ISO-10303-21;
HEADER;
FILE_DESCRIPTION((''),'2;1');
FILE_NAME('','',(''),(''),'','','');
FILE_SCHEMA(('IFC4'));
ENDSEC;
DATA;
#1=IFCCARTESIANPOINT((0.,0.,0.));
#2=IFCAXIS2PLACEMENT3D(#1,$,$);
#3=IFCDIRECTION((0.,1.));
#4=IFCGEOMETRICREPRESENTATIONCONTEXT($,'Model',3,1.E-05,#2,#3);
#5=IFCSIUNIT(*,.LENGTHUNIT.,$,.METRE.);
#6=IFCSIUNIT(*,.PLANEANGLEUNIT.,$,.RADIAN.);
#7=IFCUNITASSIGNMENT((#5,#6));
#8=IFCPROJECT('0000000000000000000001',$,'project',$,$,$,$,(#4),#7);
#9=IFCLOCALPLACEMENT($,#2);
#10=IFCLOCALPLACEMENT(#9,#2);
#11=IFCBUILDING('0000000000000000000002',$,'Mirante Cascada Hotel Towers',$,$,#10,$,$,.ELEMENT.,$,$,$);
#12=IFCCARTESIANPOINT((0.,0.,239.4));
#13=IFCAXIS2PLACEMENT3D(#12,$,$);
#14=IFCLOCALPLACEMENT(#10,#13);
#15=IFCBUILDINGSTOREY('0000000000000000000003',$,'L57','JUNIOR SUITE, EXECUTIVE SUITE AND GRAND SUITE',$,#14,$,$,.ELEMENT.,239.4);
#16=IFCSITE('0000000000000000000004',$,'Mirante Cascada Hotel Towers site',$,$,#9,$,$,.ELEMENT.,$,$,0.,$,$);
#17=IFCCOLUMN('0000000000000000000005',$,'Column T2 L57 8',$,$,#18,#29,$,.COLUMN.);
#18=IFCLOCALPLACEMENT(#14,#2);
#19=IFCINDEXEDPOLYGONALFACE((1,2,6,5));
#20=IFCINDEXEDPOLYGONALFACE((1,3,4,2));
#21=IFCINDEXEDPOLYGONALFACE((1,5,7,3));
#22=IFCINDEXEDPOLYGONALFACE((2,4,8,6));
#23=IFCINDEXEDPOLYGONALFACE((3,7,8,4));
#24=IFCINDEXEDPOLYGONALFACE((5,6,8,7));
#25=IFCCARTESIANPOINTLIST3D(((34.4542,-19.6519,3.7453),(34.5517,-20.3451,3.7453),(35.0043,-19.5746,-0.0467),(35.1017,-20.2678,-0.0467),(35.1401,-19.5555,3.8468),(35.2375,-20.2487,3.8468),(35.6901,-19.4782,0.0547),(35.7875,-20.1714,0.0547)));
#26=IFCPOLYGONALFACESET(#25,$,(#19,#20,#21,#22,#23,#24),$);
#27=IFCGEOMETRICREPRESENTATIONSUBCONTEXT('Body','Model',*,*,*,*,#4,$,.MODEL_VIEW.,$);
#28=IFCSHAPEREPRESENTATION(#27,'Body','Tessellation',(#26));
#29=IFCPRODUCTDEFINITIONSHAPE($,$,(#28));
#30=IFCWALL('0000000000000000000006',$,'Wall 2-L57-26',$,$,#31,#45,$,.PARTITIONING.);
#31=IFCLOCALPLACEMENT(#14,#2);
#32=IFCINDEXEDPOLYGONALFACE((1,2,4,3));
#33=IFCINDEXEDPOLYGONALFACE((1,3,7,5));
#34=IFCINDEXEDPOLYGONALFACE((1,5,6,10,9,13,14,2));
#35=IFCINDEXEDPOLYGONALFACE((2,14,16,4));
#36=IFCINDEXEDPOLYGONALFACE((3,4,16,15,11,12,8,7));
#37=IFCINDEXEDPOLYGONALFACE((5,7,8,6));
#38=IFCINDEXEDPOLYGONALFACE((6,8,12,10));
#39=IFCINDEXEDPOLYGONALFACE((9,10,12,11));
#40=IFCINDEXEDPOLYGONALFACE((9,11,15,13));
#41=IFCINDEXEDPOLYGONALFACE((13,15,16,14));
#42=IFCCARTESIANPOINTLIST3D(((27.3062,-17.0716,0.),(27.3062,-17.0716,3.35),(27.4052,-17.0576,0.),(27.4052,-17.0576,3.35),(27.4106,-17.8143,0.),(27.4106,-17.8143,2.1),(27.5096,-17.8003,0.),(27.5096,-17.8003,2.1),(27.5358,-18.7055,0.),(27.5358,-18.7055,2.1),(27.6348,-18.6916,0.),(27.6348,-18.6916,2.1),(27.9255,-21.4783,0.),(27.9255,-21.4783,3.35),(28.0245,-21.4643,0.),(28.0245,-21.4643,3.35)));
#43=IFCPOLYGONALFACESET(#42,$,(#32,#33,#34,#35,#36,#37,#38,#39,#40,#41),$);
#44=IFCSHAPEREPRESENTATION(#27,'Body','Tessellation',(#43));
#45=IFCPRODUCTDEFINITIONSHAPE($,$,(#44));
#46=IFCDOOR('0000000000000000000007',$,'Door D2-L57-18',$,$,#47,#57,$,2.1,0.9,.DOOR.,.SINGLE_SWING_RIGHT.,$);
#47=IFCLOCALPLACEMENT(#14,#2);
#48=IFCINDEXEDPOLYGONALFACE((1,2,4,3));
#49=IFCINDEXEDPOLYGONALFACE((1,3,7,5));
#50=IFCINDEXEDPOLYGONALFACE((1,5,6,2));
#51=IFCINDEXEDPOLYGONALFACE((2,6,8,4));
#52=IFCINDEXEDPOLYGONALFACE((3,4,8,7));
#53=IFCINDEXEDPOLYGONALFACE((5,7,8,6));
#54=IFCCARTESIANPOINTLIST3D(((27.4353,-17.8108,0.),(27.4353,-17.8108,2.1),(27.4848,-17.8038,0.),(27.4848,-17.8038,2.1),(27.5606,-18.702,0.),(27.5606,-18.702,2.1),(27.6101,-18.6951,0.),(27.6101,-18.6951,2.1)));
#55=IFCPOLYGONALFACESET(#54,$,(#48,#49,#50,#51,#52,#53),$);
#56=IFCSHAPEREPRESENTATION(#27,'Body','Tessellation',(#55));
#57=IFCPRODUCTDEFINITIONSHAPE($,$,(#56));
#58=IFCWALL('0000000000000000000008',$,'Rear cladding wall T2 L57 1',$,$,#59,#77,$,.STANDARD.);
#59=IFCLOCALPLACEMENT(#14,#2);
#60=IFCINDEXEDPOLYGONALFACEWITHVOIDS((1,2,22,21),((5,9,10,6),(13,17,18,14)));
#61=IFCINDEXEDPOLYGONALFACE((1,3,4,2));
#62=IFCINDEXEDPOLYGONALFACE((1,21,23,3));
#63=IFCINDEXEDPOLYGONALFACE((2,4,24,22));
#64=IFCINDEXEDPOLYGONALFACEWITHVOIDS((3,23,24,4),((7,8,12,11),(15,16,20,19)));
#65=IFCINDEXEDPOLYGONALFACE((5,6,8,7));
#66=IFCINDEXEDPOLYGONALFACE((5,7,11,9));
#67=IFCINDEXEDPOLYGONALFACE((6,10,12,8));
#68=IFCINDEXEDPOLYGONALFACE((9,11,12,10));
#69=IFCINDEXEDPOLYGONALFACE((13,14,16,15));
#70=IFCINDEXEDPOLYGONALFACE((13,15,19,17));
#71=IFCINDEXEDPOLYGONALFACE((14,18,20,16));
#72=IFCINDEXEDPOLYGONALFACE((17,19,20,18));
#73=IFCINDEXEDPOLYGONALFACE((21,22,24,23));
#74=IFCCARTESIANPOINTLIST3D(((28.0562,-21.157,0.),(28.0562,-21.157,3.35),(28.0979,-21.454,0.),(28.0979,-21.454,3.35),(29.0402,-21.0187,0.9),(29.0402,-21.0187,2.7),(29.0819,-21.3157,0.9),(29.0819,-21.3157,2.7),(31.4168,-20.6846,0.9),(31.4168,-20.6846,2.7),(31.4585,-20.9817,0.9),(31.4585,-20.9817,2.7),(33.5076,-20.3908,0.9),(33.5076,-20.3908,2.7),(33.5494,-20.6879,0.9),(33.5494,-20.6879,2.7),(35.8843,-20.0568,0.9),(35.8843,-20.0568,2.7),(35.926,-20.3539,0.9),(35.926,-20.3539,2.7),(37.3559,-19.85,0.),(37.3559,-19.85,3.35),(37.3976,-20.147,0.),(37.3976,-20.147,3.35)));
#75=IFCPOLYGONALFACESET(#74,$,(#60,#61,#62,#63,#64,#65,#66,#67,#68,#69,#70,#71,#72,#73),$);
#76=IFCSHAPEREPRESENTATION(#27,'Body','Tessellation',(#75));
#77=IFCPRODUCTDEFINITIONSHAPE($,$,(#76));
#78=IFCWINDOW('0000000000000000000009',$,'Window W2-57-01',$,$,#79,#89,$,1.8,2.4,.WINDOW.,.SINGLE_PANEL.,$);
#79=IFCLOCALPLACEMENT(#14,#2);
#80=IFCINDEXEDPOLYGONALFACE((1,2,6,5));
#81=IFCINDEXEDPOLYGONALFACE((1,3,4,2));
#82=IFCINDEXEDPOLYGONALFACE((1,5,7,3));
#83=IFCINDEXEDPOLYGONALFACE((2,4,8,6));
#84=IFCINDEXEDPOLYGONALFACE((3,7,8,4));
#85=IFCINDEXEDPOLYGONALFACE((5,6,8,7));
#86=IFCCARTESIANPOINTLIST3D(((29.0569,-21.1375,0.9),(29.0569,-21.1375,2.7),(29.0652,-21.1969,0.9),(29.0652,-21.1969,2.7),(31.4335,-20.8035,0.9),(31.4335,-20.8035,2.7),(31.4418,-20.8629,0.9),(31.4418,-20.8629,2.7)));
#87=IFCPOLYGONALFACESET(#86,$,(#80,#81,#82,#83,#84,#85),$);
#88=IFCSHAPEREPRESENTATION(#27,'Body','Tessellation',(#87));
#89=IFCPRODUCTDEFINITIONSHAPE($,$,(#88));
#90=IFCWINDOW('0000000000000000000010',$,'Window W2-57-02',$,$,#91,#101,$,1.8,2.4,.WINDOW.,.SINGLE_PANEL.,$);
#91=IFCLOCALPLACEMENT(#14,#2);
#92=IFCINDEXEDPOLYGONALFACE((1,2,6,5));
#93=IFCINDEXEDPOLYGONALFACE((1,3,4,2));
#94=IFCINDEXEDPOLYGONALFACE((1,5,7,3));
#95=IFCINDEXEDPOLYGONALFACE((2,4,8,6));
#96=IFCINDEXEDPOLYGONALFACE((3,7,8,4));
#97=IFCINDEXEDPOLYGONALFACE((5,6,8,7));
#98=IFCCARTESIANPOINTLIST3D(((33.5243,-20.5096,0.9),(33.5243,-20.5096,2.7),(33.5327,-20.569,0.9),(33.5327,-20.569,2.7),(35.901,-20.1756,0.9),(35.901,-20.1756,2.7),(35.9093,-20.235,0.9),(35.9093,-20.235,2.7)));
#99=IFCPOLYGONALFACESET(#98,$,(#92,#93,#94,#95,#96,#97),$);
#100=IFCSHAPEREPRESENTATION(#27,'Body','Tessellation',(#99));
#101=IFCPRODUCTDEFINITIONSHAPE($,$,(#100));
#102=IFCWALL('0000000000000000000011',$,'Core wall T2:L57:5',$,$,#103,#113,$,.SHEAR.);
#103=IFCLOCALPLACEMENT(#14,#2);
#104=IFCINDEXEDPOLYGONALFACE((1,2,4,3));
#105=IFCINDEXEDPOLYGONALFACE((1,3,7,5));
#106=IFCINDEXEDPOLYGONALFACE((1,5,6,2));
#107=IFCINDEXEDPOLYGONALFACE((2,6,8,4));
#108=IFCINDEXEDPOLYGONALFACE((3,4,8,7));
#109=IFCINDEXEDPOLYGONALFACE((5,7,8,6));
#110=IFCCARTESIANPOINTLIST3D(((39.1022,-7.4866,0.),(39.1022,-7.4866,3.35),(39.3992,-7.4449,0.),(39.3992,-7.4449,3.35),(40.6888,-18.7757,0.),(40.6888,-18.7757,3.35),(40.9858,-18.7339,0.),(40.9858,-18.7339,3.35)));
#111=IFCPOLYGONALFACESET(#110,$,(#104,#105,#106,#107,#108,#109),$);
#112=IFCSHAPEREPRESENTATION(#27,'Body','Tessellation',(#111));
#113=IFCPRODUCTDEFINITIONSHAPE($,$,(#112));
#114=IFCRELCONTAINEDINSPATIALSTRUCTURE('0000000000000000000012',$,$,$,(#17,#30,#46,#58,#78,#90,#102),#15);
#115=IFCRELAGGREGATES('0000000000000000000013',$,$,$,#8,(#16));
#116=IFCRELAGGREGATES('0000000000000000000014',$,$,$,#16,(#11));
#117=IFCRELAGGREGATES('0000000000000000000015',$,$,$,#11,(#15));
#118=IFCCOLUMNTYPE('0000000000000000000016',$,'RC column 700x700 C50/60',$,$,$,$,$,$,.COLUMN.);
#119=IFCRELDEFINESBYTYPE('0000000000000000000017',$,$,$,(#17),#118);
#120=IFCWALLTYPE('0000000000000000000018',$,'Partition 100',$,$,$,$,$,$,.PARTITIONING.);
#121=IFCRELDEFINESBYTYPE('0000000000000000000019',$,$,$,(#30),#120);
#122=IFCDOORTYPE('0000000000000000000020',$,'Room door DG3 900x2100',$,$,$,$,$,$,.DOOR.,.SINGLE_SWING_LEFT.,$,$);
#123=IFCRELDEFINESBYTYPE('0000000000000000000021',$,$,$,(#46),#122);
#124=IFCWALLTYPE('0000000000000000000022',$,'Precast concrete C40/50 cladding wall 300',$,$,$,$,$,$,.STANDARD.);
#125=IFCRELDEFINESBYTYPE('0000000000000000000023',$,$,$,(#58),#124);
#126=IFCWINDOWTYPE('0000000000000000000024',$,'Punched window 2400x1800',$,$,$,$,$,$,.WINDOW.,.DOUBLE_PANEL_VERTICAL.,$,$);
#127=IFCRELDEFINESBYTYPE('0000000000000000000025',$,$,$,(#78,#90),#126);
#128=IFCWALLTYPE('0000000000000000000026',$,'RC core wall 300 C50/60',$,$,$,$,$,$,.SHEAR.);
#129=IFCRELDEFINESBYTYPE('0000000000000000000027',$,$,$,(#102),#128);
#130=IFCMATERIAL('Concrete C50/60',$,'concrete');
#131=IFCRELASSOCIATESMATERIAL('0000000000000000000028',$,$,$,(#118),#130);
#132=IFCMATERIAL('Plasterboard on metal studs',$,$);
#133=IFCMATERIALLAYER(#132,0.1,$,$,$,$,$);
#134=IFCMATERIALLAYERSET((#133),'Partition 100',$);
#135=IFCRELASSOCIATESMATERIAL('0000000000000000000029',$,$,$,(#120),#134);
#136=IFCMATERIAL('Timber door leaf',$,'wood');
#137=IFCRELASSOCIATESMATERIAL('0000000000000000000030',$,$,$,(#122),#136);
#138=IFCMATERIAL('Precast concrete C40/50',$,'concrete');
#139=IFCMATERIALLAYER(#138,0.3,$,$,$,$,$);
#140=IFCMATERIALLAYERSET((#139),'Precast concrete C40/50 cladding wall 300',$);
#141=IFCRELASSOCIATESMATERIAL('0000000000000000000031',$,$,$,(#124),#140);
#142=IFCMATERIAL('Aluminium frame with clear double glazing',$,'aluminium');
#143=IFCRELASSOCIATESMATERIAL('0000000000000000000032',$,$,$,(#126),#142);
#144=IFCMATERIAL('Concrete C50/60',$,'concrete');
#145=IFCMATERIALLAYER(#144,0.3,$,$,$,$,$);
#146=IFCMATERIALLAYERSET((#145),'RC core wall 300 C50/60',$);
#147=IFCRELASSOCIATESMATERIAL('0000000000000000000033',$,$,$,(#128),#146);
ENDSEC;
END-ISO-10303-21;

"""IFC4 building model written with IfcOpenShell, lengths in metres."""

from ifc_helpers import new_model, si_unit, direction, frame, frame_2d, origin, origin_2d, place, context, subcontext, project, spatial, rectangle, extrude, material, layer, layer_set, material_profile, profile_set, type_object, element, fill, save


model = new_model("IFC4")

# Units and contexts
model_context = context("Model", 3, precision=1e-05, world=origin(), true_north=direction((0.0, 1.0)))
body_context = subcontext(model_context, "Body", "Model", "MODEL_VIEW")
ifc_project = project(units=[si_unit("LENGTHUNIT", "METRE"), si_unit("PLANEANGLEUNIT", "RADIAN")], contexts=[model_context])

# Site, building, storey
site_placement = place(None, origin())
site = spatial("IfcSite", under=ifc_project, at=site_placement, Name="Mirante Cascada Hotel Towers site", CompositionType="ELEMENT", RefElevation=0.0)
building_placement = place(site_placement, origin())
building = spatial("IfcBuilding", under=site, at=building_placement, Name="Mirante Cascada Hotel Towers", CompositionType="ELEMENT")
storey_placement = place(building_placement, frame((0.0, 0.0, 239.4)))
storey = spatial("IfcBuildingStorey", under=building, at=storey_placement, Name="L57", Description="JUNIOR SUITE, EXECUTIVE SUITE AND GRAND SUITE", CompositionType="ELEMENT", Elevation=239.4)

# Column
ifc_material_1 = material(Name="Concrete C50/60", Category="concrete")
ifc_material_profile = material_profile(ifc_material_1, rectangle(XDim=0.7, YDim=0.7, at=origin_2d()), Name="RC column 700x700 C50/60")
ifc_profile_set = profile_set([ifc_material_profile], Name="Concrete C50/60")
column_type = type_object("IfcColumnType", Name="RC column 700x700 C50/60", PredefinedType="COLUMN", material=ifc_profile_set)
column_placement = place(storey_placement, frame((35.3959, -19.873, 0.004), z_axis=(-0.143511, -0.02017, 0.989443), x_axis=(0.139178, -0.990267, 0.0)))
element("IfcColumn", 1, at=column_placement, inside=storey, type_object=column_type, Name="Column T2 L57 8", PredefinedType="COLUMN", context=body_context, shape_type="SweptSolid", body=[
    extrude(rectangle(XDim=0.7, YDim=0.7, at=origin_2d()), origin(), (0.0, 0.0, 1.0), 3.8325),
])

# Wall, opening, door
ifc_material_2 = material(Name="Plasterboard on metal studs")
ifc_layer_1 = layer(ifc_material_2, 0.1)
ifc_layer_set_1 = layer_set([ifc_layer_1], Name="Partition 100")
wall_type_1 = type_object("IfcWallType", Name="Partition 100", PredefinedType="PARTITIONING", material=ifc_layer_set_1)
wall_1_placement = place(storey_placement, frame((27.975, -21.4713, 0.0), z_axis=(0.0, 0.0, 1.0), x_axis=(-0.139168, 0.990269, 0.0)))
wall_1 = element("IfcWall", 2, at=wall_1_placement, inside=storey, type_object=wall_type_1, Name="Wall 2-L57-26", PredefinedType="PARTITIONING", context=body_context, shape_type="SweptSolid", body=[
    extrude(rectangle(XDim=4.45, YDim=0.1, at=frame_2d((2.225, 0.0))), origin(), (0.0, 0.0, 1.0), 3.35),
])
opening_1_placement = place(wall_1_placement, frame((2.8, 0.0, 0.0)))
opening_1 = element("IfcOpeningElement", 3, at=opening_1_placement, cuts=wall_1, PredefinedType="OPENING", context=body_context, shape_type="SweptSolid", body=[
    extrude(rectangle(XDim=0.9, YDim=2.1, at=frame_2d((0.45, 1.05))), frame((0.0, 0.05, 0.0), z_axis=(0.0, -1.0, 0.0), x_axis=(1.0, 0.0, 0.0)), (0.0, 0.0, 1.0), 0.1),
])
ifc_material_3 = material(Name="Timber door leaf", Category="wood")
door_type_1 = type_object("IfcDoorType", Name="Room door DG3 900x2100", OperationType="SINGLE_SWING_LEFT", PredefinedType="DOOR", material=ifc_material_3)
door_1_placement = place(opening_1_placement, frame((0.9, 0.0, 0.0), z_axis=(0.0, 0.0, 1.0), x_axis=(-1.0, 0.0, 0.0)))
door_1 = element("IfcDoor", 4, at=door_1_placement, inside=storey, type_object=door_type_1, Name="Door D2-L57-18", OperationType="SINGLE_SWING_RIGHT", OverallHeight=2.1, OverallWidth=0.9, PredefinedType="DOOR", context=body_context, shape_type="SweptSolid", body=[
    extrude(rectangle(XDim=0.9, YDim=2.1, at=frame_2d((0.45, 1.05))), frame((0.0, 0.025, 0.0), z_axis=(0.0, -1.0, 0.0), x_axis=(1.0, 0.0, 0.0)), (0.0, 0.0, 1.0), 0.05),
])
fill(opening_1, door_1)

# Wall, openings, windows
ifc_material_4 = material(Name="Precast concrete C40/50", Category="concrete")
ifc_layer_2 = layer(ifc_material_4, 0.3)
ifc_layer_set_2 = layer_set([ifc_layer_2], Name="Precast concrete C40/50 cladding wall 300")
wall_type_2 = type_object("IfcWallType", Name="Precast concrete C40/50 cladding wall 300", PredefinedType="STANDARD", material=ifc_layer_set_2)
wall_2_placement = place(storey_placement, frame((28.077, -21.3055, 0.0), z_axis=(0.0, 0.0, 1.0), x_axis=(0.990268, 0.139174, 0.0)))
wall_2 = element("IfcWall", 5, at=wall_2_placement, inside=storey, type_object=wall_type_2, Name="Rear cladding wall T2 L57 1", PredefinedType="STANDARD", context=body_context, shape_type="SweptSolid", body=[
    extrude(rectangle(XDim=9.3911, YDim=0.3, at=frame_2d((4.6956, 0.0))), origin(), (0.0, 0.0, 1.0), 3.35),
])
opening_2_placement = place(wall_2_placement, frame((0.9937, 0.0, 0.9)))
opening_2 = element("IfcOpeningElement", 6, at=opening_2_placement, cuts=wall_2, PredefinedType="OPENING", context=body_context, shape_type="SweptSolid", body=[
    extrude(rectangle(XDim=2.4, YDim=1.8, at=frame_2d((1.2, 0.9))), frame((0.0, 0.15, 0.0), z_axis=(0.0, -1.0, 0.0), x_axis=(1.0, 0.0, 0.0)), (0.0, 0.0, 1.0), 0.3),
])
opening_3_placement = place(wall_2_placement, frame((5.5051, 0.0, 0.9)))
opening_3 = element("IfcOpeningElement", 7, at=opening_3_placement, cuts=wall_2, PredefinedType="OPENING", context=body_context, shape_type="SweptSolid", body=[
    extrude(rectangle(XDim=2.4, YDim=1.8, at=frame_2d((1.2, 0.9))), frame((0.0, 0.15, 0.0), z_axis=(0.0, -1.0, 0.0), x_axis=(1.0, 0.0, 0.0)), (0.0, 0.0, 1.0), 0.3),
])
ifc_material_5 = material(Name="Aluminium frame with clear double glazing", Category="aluminium")
window_type = type_object("IfcWindowType", Name="Punched window 2400x1800", PartitioningType="DOUBLE_PANEL_VERTICAL", PredefinedType="WINDOW", material=ifc_material_5)
window_1_placement = place(opening_2_placement, origin())
window_1 = element("IfcWindow", 8, at=window_1_placement, inside=storey, type_object=window_type, Name="Window W2-57-01", OverallHeight=1.8, OverallWidth=2.4, PartitioningType="SINGLE_PANEL", PredefinedType="WINDOW", context=body_context, shape_type="SweptSolid", body=[
    extrude(rectangle(XDim=2.4, YDim=1.8, at=frame_2d((1.2, 0.9))), frame((0.0, 0.03, 0.0), z_axis=(0.0, -1.0, 0.0), x_axis=(1.0, 0.0, 0.0)), (0.0, 0.0, 1.0), 0.06),
])
fill(opening_2, window_1)
window_2_placement = place(opening_3_placement, origin())
window_2 = element("IfcWindow", 9, at=window_2_placement, inside=storey, type_object=window_type, Name="Window W2-57-02", OverallHeight=1.8, OverallWidth=2.4, PartitioningType="SINGLE_PANEL", PredefinedType="WINDOW", context=body_context, shape_type="SweptSolid", body=[
    extrude(rectangle(XDim=2.4, YDim=1.8, at=frame_2d((1.2, 0.9))), frame((0.0, 0.03, 0.0), z_axis=(0.0, -1.0, 0.0), x_axis=(1.0, 0.0, 0.0)), (0.0, 0.0, 1.0), 0.06),
])
fill(opening_3, window_2)

# Wall
ifc_material_6 = material(Name="Concrete C50/60", Category="concrete")
ifc_layer_3 = layer(ifc_material_6, 0.3)
ifc_layer_set_3 = layer_set([ifc_layer_3], Name="RC core wall 300 C50/60")
wall_type_3 = type_object("IfcWallType", Name="RC core wall 300 C50/60", PredefinedType="SHEAR", material=ifc_layer_set_3)
wall_3_placement = place(storey_placement, frame((40.8373, -18.7548, 0.0), z_axis=(0.0, 0.0, 1.0), x_axis=(-0.139175, 0.990268, 0.0)))
element("IfcWall", 10, at=wall_3_placement, inside=storey, type_object=wall_type_3, Name="Core wall T2:L57:5", PredefinedType="SHEAR", context=body_context, shape_type="SweptSolid", body=[
    extrude(rectangle(XDim=11.4, YDim=0.3, at=frame_2d((5.7, 0.0))), origin(), (0.0, 0.0, 1.0), 3.35),
])

save(model, "model.ifc")
